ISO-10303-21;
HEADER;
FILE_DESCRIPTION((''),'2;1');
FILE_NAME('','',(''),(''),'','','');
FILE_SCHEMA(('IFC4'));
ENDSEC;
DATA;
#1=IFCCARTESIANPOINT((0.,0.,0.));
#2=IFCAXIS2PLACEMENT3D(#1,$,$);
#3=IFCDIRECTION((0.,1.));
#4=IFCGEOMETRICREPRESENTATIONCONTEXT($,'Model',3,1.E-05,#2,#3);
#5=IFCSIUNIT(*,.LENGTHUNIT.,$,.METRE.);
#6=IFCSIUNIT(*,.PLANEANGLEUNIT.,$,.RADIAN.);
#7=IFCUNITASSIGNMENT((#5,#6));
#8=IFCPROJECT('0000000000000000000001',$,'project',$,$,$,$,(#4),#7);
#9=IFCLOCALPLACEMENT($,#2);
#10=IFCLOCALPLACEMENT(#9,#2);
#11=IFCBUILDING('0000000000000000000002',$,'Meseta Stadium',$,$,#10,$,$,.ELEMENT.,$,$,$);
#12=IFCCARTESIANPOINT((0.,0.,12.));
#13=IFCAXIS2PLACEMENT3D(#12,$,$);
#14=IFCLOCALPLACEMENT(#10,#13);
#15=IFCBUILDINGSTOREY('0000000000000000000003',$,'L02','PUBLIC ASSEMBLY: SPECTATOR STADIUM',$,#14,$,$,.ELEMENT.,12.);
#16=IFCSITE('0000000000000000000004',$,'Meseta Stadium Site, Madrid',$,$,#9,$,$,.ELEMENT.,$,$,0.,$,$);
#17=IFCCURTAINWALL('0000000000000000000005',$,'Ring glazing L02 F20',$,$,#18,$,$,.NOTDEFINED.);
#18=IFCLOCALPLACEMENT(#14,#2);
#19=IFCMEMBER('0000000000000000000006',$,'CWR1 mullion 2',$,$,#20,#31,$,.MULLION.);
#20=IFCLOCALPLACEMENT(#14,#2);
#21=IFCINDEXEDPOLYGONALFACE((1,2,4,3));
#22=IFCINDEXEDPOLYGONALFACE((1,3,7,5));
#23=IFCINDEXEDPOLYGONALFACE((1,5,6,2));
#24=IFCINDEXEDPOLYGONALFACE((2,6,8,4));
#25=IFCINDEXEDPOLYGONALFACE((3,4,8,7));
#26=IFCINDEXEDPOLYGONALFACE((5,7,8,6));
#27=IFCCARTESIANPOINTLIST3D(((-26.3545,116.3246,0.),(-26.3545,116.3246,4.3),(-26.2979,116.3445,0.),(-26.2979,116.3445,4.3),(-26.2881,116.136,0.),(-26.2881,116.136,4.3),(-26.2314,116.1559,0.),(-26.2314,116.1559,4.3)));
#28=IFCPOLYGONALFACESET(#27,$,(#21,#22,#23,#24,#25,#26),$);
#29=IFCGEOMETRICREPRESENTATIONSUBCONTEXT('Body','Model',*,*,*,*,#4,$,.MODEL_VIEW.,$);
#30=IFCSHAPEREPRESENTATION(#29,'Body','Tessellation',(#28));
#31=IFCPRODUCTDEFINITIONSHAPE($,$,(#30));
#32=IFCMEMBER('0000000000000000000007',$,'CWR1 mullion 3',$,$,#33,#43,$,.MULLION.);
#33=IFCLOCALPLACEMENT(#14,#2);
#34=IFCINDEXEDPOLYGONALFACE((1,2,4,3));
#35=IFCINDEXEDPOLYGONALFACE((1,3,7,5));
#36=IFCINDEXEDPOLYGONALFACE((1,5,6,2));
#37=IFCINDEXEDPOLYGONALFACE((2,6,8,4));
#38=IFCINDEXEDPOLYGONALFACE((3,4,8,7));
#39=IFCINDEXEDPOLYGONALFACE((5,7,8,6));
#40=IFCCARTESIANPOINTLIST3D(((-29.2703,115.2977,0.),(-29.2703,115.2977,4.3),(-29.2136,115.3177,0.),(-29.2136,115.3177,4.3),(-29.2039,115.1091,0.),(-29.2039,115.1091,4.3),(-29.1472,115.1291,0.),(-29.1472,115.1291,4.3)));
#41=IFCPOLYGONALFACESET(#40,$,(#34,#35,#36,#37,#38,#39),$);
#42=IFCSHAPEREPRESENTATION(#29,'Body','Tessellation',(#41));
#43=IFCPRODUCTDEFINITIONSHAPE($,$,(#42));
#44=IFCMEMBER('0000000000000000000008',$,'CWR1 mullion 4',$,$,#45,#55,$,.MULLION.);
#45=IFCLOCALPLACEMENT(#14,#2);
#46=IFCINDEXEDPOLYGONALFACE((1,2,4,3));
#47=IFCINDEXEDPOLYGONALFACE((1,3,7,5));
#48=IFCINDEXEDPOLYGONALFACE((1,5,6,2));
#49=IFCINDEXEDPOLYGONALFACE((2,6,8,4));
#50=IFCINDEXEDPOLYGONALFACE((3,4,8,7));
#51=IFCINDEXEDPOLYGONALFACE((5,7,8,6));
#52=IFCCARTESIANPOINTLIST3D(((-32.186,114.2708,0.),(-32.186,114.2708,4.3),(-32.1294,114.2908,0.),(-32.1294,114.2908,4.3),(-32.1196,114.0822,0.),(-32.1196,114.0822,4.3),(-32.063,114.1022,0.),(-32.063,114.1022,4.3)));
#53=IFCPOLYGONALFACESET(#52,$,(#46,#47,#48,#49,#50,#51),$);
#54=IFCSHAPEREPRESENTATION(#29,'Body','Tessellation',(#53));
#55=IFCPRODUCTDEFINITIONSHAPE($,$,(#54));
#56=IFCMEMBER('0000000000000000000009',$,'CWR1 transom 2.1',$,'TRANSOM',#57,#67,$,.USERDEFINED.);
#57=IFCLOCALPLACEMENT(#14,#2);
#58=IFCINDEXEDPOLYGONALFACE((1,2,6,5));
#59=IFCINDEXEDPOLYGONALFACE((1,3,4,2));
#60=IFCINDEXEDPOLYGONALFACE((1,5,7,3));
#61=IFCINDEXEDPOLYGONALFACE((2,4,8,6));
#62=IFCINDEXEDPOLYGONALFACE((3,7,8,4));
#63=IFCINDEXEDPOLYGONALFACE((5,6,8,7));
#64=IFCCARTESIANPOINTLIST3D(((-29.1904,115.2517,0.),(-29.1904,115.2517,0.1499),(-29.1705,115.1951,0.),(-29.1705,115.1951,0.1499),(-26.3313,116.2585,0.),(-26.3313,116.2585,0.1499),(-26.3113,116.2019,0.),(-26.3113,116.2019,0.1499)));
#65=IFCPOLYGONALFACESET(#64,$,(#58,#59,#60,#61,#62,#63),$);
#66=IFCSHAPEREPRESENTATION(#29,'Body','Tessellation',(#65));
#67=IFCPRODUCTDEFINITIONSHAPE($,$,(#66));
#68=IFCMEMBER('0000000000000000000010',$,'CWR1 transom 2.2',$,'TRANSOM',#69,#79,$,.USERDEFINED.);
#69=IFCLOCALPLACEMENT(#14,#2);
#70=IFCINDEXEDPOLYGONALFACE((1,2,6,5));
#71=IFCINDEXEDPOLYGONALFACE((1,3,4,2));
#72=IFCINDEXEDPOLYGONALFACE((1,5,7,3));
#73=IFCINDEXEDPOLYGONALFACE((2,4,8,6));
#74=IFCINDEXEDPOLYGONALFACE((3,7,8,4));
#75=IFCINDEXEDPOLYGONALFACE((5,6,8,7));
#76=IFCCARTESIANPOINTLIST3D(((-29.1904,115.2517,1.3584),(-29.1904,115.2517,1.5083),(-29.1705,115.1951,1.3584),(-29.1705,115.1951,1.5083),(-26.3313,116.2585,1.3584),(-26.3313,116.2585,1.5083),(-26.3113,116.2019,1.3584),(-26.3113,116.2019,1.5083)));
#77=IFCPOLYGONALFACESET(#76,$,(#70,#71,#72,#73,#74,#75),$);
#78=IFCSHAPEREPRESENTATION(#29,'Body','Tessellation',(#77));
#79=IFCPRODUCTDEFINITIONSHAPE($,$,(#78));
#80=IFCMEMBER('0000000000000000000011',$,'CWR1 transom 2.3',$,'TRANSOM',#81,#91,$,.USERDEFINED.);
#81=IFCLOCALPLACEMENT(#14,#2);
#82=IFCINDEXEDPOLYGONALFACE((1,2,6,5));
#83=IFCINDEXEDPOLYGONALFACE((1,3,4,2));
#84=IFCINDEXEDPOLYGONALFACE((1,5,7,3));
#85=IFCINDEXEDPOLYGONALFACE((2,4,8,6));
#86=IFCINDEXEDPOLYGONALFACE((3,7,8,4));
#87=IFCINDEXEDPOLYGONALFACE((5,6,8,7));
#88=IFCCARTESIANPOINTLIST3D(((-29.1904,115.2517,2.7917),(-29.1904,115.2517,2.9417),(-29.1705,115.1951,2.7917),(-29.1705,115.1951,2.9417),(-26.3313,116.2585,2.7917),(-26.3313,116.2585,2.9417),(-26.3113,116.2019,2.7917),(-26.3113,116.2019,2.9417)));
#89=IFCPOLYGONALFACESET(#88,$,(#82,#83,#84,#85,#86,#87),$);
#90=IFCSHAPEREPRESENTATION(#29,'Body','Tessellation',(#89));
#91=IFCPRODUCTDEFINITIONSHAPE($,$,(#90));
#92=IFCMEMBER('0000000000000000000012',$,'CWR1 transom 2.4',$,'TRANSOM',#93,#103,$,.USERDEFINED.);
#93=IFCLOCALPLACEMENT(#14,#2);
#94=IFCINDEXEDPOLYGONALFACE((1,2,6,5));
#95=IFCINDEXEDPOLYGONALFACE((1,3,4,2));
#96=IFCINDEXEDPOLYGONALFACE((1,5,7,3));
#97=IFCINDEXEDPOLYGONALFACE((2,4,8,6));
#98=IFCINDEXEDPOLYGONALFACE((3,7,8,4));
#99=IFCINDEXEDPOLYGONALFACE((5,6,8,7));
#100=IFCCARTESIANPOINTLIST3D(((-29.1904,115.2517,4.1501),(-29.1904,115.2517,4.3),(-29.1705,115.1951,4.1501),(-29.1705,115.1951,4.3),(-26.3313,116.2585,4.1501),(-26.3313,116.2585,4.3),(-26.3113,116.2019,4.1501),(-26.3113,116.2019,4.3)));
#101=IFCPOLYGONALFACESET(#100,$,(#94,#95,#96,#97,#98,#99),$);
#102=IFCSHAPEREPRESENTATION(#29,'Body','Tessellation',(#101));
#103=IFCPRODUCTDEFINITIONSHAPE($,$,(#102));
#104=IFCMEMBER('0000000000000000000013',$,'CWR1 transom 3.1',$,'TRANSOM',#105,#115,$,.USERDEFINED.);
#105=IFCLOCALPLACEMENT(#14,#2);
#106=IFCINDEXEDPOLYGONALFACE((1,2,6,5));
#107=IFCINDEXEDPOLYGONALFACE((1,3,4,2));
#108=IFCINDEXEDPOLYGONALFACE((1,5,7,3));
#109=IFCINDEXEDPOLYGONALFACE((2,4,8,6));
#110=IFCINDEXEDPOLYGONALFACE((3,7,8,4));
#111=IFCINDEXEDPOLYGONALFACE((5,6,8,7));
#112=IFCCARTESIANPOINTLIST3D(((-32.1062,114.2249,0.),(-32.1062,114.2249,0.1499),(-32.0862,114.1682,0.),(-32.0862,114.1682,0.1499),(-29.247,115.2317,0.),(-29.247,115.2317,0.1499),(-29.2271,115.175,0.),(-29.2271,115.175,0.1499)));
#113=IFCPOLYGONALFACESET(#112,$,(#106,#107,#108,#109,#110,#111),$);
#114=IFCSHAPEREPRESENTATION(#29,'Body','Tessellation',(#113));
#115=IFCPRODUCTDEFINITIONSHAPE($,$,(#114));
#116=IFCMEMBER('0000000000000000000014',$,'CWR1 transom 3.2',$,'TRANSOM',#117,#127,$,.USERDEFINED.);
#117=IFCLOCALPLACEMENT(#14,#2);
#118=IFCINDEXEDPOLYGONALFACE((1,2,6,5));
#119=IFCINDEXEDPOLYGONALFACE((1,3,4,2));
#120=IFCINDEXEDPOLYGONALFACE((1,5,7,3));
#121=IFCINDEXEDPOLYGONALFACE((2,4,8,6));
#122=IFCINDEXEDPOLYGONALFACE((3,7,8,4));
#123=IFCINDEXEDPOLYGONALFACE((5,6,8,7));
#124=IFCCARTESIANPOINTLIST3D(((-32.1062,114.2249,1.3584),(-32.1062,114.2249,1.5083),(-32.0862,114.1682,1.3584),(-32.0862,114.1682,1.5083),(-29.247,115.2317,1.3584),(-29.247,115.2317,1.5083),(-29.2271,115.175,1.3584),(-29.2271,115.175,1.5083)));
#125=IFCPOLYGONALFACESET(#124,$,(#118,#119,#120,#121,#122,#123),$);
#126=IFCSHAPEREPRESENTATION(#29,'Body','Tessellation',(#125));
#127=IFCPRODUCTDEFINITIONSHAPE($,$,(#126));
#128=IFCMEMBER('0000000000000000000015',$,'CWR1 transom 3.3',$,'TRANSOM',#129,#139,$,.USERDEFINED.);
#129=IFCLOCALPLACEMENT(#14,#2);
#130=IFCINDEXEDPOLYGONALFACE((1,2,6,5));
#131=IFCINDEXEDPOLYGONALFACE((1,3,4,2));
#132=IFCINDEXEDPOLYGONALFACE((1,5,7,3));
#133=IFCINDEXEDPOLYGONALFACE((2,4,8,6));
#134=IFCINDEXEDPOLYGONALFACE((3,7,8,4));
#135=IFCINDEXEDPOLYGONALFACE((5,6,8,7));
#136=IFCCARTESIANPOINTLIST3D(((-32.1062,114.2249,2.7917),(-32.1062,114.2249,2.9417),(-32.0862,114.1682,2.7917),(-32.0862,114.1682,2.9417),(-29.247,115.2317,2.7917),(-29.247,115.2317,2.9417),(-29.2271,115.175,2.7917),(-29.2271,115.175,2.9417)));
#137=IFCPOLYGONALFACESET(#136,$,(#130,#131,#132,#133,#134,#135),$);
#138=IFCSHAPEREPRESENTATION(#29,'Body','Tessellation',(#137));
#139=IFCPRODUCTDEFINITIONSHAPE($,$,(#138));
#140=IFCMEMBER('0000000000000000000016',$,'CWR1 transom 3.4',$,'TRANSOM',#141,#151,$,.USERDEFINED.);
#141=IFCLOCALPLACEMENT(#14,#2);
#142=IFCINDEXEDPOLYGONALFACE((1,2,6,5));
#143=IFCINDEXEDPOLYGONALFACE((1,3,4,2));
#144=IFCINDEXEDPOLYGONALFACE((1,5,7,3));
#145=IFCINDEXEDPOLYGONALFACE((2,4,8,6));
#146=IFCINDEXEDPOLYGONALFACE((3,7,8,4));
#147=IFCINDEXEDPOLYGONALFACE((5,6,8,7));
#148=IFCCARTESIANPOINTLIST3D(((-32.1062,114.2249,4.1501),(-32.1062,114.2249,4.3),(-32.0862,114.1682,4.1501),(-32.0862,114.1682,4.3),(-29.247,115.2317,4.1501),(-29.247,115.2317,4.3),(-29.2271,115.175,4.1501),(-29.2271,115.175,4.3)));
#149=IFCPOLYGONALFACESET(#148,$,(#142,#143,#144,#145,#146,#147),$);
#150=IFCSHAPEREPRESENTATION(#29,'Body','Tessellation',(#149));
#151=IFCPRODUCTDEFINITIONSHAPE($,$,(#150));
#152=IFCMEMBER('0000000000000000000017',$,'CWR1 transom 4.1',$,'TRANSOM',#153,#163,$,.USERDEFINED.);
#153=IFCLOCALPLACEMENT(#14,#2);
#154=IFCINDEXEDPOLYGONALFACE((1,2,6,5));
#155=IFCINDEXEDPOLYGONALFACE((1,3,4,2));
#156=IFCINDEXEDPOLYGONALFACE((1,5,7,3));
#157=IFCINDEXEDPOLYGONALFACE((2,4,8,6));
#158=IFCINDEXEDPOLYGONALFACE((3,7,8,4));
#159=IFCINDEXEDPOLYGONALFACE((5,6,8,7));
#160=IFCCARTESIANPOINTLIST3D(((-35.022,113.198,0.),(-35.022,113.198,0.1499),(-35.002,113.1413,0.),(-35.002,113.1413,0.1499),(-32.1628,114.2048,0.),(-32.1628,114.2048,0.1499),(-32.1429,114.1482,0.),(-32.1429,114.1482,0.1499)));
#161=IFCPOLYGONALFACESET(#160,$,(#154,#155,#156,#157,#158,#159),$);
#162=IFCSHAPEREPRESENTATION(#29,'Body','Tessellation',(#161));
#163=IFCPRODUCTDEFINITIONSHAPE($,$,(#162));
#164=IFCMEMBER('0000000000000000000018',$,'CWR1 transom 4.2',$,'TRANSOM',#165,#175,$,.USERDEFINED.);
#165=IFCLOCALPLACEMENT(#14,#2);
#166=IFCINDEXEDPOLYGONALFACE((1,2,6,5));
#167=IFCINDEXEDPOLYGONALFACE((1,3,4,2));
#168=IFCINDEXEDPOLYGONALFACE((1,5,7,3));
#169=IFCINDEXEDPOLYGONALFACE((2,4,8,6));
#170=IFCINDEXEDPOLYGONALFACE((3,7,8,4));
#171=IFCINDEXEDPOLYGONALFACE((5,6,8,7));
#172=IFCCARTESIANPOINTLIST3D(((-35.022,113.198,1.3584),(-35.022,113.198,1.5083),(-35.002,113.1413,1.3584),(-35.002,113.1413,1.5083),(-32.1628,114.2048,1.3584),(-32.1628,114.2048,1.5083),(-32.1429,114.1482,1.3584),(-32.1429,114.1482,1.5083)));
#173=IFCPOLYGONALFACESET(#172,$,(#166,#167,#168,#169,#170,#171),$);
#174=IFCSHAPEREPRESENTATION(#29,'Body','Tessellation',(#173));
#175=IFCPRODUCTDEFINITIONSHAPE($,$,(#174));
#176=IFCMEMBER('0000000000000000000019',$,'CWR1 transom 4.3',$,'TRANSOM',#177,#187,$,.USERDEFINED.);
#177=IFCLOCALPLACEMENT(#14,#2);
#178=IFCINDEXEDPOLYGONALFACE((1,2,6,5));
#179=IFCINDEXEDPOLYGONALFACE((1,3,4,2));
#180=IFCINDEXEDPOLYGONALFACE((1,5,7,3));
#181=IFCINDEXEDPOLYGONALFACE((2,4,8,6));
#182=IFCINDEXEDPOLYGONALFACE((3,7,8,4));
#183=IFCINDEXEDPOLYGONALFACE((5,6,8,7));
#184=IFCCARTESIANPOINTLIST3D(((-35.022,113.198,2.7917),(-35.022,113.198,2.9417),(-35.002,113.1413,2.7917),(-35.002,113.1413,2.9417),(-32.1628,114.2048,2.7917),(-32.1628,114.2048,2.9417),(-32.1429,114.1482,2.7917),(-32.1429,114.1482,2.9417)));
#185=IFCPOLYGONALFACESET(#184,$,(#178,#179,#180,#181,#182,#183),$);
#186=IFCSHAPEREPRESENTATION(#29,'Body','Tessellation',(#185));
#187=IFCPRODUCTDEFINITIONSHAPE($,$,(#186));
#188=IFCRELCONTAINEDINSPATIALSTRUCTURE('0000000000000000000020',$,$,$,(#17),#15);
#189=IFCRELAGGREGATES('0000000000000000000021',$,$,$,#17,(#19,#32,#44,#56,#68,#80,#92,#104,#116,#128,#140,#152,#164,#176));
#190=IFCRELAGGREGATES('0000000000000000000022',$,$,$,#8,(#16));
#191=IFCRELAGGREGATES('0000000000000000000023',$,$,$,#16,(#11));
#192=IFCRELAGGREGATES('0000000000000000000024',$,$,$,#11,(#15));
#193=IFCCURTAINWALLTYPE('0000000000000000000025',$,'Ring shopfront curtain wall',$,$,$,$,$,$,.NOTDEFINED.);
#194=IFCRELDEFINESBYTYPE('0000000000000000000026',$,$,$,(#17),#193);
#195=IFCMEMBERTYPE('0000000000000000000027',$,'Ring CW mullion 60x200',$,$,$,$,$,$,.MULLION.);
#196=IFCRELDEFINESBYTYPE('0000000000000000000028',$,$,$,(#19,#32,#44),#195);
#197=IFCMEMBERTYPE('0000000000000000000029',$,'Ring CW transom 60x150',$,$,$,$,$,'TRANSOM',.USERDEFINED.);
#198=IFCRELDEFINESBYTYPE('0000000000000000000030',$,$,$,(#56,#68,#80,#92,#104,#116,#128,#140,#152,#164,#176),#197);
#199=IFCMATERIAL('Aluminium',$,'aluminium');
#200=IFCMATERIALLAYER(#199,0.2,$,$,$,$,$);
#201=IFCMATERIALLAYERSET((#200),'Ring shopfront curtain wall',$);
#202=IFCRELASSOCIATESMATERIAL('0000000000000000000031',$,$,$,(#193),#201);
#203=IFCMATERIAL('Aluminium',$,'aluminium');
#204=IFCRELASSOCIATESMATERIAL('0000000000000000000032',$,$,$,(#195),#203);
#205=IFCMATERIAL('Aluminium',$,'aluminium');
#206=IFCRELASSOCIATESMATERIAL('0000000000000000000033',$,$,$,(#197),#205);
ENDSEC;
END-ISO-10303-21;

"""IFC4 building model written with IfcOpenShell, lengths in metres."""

from ifc_helpers import new_model, si_unit, direction, frame, origin, origin_2d, place, context, subcontext, project, spatial, rectangle, extrude, material, layer, layer_set, material_profile, profile_set, type_object, element, aggregate, save


model = new_model("IFC4")

# Units and contexts
model_context = context("Model", 3, precision=1e-05, world=origin(), true_north=direction((0.0, 1.0)))
body_context = subcontext(model_context, "Body", "Model", "MODEL_VIEW")
ifc_project = project(units=[si_unit("LENGTHUNIT", "METRE"), si_unit("PLANEANGLEUNIT", "RADIAN")], contexts=[model_context])

# Site, building, storey
site_placement = place(None, origin())
site = spatial("IfcSite", under=ifc_project, at=site_placement, Name="Meseta Stadium Site, Madrid", CompositionType="ELEMENT", RefElevation=0.0)
building_placement = place(site_placement, origin())
building = spatial("IfcBuilding", under=site, at=building_placement, Name="Meseta Stadium", CompositionType="ELEMENT")
storey_placement = place(building_placement, frame((0.0, 0.0, 12.0)))
storey = spatial("IfcBuildingStorey", under=building, at=storey_placement, Name="L02", Description="PUBLIC ASSEMBLY: SPECTATOR STADIUM", CompositionType="ELEMENT", Elevation=12.0)

# Curtain wall, members
ifc_material_1 = material(Name="Aluminium", Category="aluminium")
ifc_layer_1 = layer(ifc_material_1, 0.2)
ifc_layer_set_1 = layer_set([ifc_layer_1], Name="Ring shopfront curtain wall")
curtain_wall_type = type_object("IfcCurtainWallType", Name="Ring shopfront curtain wall", PredefinedType="NOTDEFINED", material=ifc_layer_set_1)
curtain_wall_placement = place(storey_placement, origin())
curtain_wall = element("IfcCurtainWall", 1, at=curtain_wall_placement, inside=storey, type_object=curtain_wall_type, Name="Ring glazing L02 F20", PredefinedType="NOTDEFINED")
ifc_material_2 = material(Name="Aluminium", Category="aluminium")
ifc_material_profile_1 = material_profile(ifc_material_2, rectangle(XDim=0.2, YDim=0.0601, at=origin_2d()), Name="CW 200x60")
ifc_profile_set_1 = profile_set([ifc_material_profile_1], Name="Aluminium")
member_type_1 = type_object("IfcMemberType", Name="Ring CW mullion 60x200", PredefinedType="MULLION", material=ifc_profile_set_1)
member_1_placement = place(storey_placement, frame((-26.293, 116.2402, 0.0), z_axis=(0.0, 0.0, 1.0), x_axis=(0.332174, -0.943218, 0.0)))
member_1 = element("IfcMember", 2, at=member_1_placement, type_object=member_type_1, Name="CWR1 mullion 2", PredefinedType="MULLION", context=body_context, shape_type="SweptSolid", body=[
    extrude(rectangle(XDim=0.2, YDim=0.0601, at=origin_2d()), origin(), (0.0, 0.0, 1.0), 4.3),
])
member_2_placement = place(storey_placement, frame((-29.2087, 115.2134, 0.0), z_axis=(0.0, 0.0, 1.0), x_axis=(0.332174, -0.943218, 0.0)))
member_2 = element("IfcMember", 3, at=member_2_placement, type_object=member_type_1, Name="CWR1 mullion 3", PredefinedType="MULLION", context=body_context, shape_type="SweptSolid", body=[
    extrude(rectangle(XDim=0.2, YDim=0.0601, at=origin_2d()), origin(), (0.0, 0.0, 1.0), 4.3),
])
member_3_placement = place(storey_placement, frame((-32.1245, 114.1865, 0.0), z_axis=(0.0, 0.0, 1.0), x_axis=(0.332174, -0.943218, 0.0)))
member_3 = element("IfcMember", 4, at=member_3_placement, type_object=member_type_1, Name="CWR1 mullion 4", PredefinedType="MULLION", context=body_context, shape_type="SweptSolid", body=[
    extrude(rectangle(XDim=0.2, YDim=0.0601, at=origin_2d()), origin(), (0.0, 0.0, 1.0), 4.3),
])
ifc_material_3 = material(Name="Aluminium", Category="aluminium")
ifc_material_profile_2 = material_profile(ifc_material_3, rectangle(XDim=0.0601, YDim=0.1499, at=origin_2d()), Name="CW 60x150")
ifc_profile_set_2 = profile_set([ifc_material_profile_2], Name="Aluminium")
member_type_2 = type_object("IfcMemberType", Name="Ring CW transom 60x150", ElementType="TRANSOM", PredefinedType="USERDEFINED", material=ifc_profile_set_2)
member_4_placement = place(storey_placement, frame((-26.3213, 116.2302, 0.075), z_axis=(-0.943225, -0.332154, 0.0), x_axis=(0.332154, -0.943225, 0.0)))
member_4 = element("IfcMember", 5, at=member_4_placement, type_object=member_type_2, Name="CWR1 transom 2.1", ObjectType="TRANSOM", PredefinedType="USERDEFINED", context=body_context, shape_type="SweptSolid", body=[
    extrude(rectangle(XDim=0.0601, YDim=0.1499, at=origin_2d()), origin(), (0.0, 0.0, 1.0), 3.0312),
])
member_5_placement = place(storey_placement, frame((-26.3213, 116.2302, 1.4333), z_axis=(-0.943225, -0.332154, 0.0), x_axis=(0.332154, -0.943225, 0.0)))
member_5 = element("IfcMember", 6, at=member_5_placement, type_object=member_type_2, Name="CWR1 transom 2.2", ObjectType="TRANSOM", PredefinedType="USERDEFINED", context=body_context, shape_type="SweptSolid", body=[
    extrude(rectangle(XDim=0.0601, YDim=0.1499, at=origin_2d()), origin(), (0.0, 0.0, 1.0), 3.0312),
])
member_6_placement = place(storey_placement, frame((-26.3213, 116.2302, 2.8667), z_axis=(-0.943225, -0.332154, 0.0), x_axis=(0.332154, -0.943225, 0.0)))
member_6 = element("IfcMember", 7, at=member_6_placement, type_object=member_type_2, Name="CWR1 transom 2.3", ObjectType="TRANSOM", PredefinedType="USERDEFINED", context=body_context, shape_type="SweptSolid", body=[
    extrude(rectangle(XDim=0.0601, YDim=0.1499, at=origin_2d()), origin(), (0.0, 0.0, 1.0), 3.0312),
])
member_7_placement = place(storey_placement, frame((-26.3213, 116.2302, 4.2251), z_axis=(-0.943225, -0.332154, 0.0), x_axis=(0.332154, -0.943225, 0.0)))
member_7 = element("IfcMember", 8, at=member_7_placement, type_object=member_type_2, Name="CWR1 transom 2.4", ObjectType="TRANSOM", PredefinedType="USERDEFINED", context=body_context, shape_type="SweptSolid", body=[
    extrude(rectangle(XDim=0.0601, YDim=0.1499, at=origin_2d()), origin(), (0.0, 0.0, 1.0), 3.0312),
])
member_8_placement = place(storey_placement, frame((-29.2371, 115.2034, 0.075), z_axis=(-0.943225, -0.332154, 0.0), x_axis=(0.332154, -0.943225, 0.0)))
member_8 = element("IfcMember", 9, at=member_8_placement, type_object=member_type_2, Name="CWR1 transom 3.1", ObjectType="TRANSOM", PredefinedType="USERDEFINED", context=body_context, shape_type="SweptSolid", body=[
    extrude(rectangle(XDim=0.0601, YDim=0.1499, at=origin_2d()), origin(), (0.0, 0.0, 1.0), 3.0312),
])
member_9_placement = place(storey_placement, frame((-29.2371, 115.2034, 1.4333), z_axis=(-0.943225, -0.332154, 0.0), x_axis=(0.332154, -0.943225, 0.0)))
member_9 = element("IfcMember", 10, at=member_9_placement, type_object=member_type_2, Name="CWR1 transom 3.2", ObjectType="TRANSOM", PredefinedType="USERDEFINED", context=body_context, shape_type="SweptSolid", body=[
    extrude(rectangle(XDim=0.0601, YDim=0.1499, at=origin_2d()), origin(), (0.0, 0.0, 1.0), 3.0312),
])
member_10_placement = place(storey_placement, frame((-29.2371, 115.2034, 2.8667), z_axis=(-0.943225, -0.332154, 0.0), x_axis=(0.332154, -0.943225, 0.0)))
member_10 = element("IfcMember", 11, at=member_10_placement, type_object=member_type_2, Name="CWR1 transom 3.3", ObjectType="TRANSOM", PredefinedType="USERDEFINED", context=body_context, shape_type="SweptSolid", body=[
    extrude(rectangle(XDim=0.0601, YDim=0.1499, at=origin_2d()), origin(), (0.0, 0.0, 1.0), 3.0312),
])
member_11_placement = place(storey_placement, frame((-29.2371, 115.2034, 4.2251), z_axis=(-0.943225, -0.332154, 0.0), x_axis=(0.332154, -0.943225, 0.0)))
member_11 = element("IfcMember", 12, at=member_11_placement, type_object=member_type_2, Name="CWR1 transom 3.4", ObjectType="TRANSOM", PredefinedType="USERDEFINED", context=body_context, shape_type="SweptSolid", body=[
    extrude(rectangle(XDim=0.0601, YDim=0.1499, at=origin_2d()), origin(), (0.0, 0.0, 1.0), 3.0312),
])
member_12_placement = place(storey_placement, frame((-32.1528, 114.1765, 0.075), z_axis=(-0.943225, -0.332154, 0.0), x_axis=(0.332154, -0.943225, 0.0)))
member_12 = element("IfcMember", 13, at=member_12_placement, type_object=member_type_2, Name="CWR1 transom 4.1", ObjectType="TRANSOM", PredefinedType="USERDEFINED", context=body_context, shape_type="SweptSolid", body=[
    extrude(rectangle(XDim=0.0601, YDim=0.1499, at=origin_2d()), origin(), (0.0, 0.0, 1.0), 3.0312),
])
member_13_placement = place(storey_placement, frame((-32.1528, 114.1765, 1.4333), z_axis=(-0.943225, -0.332154, 0.0), x_axis=(0.332154, -0.943225, 0.0)))
member_13 = element("IfcMember", 14, at=member_13_placement, type_object=member_type_2, Name="CWR1 transom 4.2", ObjectType="TRANSOM", PredefinedType="USERDEFINED", context=body_context, shape_type="SweptSolid", body=[
    extrude(rectangle(XDim=0.0601, YDim=0.1499, at=origin_2d()), origin(), (0.0, 0.0, 1.0), 3.0312),
])
member_14_placement = place(storey_placement, frame((-32.1528, 114.1765, 2.8667), z_axis=(-0.943225, -0.332154, 0.0), x_axis=(0.332154, -0.943225, 0.0)))
member_14 = element("IfcMember", 15, at=member_14_placement, type_object=member_type_2, Name="CWR1 transom 4.3", ObjectType="TRANSOM", PredefinedType="USERDEFINED", context=body_context, shape_type="SweptSolid", body=[
    extrude(rectangle(XDim=0.0601, YDim=0.1499, at=origin_2d()), origin(), (0.0, 0.0, 1.0), 3.0312),
])
aggregate(curtain_wall, [member_1, member_2, member_3, member_4, member_5, member_6, member_7, member_8, member_9, member_10, member_11, member_12, member_13, member_14])

save(model, "model.ifc")
